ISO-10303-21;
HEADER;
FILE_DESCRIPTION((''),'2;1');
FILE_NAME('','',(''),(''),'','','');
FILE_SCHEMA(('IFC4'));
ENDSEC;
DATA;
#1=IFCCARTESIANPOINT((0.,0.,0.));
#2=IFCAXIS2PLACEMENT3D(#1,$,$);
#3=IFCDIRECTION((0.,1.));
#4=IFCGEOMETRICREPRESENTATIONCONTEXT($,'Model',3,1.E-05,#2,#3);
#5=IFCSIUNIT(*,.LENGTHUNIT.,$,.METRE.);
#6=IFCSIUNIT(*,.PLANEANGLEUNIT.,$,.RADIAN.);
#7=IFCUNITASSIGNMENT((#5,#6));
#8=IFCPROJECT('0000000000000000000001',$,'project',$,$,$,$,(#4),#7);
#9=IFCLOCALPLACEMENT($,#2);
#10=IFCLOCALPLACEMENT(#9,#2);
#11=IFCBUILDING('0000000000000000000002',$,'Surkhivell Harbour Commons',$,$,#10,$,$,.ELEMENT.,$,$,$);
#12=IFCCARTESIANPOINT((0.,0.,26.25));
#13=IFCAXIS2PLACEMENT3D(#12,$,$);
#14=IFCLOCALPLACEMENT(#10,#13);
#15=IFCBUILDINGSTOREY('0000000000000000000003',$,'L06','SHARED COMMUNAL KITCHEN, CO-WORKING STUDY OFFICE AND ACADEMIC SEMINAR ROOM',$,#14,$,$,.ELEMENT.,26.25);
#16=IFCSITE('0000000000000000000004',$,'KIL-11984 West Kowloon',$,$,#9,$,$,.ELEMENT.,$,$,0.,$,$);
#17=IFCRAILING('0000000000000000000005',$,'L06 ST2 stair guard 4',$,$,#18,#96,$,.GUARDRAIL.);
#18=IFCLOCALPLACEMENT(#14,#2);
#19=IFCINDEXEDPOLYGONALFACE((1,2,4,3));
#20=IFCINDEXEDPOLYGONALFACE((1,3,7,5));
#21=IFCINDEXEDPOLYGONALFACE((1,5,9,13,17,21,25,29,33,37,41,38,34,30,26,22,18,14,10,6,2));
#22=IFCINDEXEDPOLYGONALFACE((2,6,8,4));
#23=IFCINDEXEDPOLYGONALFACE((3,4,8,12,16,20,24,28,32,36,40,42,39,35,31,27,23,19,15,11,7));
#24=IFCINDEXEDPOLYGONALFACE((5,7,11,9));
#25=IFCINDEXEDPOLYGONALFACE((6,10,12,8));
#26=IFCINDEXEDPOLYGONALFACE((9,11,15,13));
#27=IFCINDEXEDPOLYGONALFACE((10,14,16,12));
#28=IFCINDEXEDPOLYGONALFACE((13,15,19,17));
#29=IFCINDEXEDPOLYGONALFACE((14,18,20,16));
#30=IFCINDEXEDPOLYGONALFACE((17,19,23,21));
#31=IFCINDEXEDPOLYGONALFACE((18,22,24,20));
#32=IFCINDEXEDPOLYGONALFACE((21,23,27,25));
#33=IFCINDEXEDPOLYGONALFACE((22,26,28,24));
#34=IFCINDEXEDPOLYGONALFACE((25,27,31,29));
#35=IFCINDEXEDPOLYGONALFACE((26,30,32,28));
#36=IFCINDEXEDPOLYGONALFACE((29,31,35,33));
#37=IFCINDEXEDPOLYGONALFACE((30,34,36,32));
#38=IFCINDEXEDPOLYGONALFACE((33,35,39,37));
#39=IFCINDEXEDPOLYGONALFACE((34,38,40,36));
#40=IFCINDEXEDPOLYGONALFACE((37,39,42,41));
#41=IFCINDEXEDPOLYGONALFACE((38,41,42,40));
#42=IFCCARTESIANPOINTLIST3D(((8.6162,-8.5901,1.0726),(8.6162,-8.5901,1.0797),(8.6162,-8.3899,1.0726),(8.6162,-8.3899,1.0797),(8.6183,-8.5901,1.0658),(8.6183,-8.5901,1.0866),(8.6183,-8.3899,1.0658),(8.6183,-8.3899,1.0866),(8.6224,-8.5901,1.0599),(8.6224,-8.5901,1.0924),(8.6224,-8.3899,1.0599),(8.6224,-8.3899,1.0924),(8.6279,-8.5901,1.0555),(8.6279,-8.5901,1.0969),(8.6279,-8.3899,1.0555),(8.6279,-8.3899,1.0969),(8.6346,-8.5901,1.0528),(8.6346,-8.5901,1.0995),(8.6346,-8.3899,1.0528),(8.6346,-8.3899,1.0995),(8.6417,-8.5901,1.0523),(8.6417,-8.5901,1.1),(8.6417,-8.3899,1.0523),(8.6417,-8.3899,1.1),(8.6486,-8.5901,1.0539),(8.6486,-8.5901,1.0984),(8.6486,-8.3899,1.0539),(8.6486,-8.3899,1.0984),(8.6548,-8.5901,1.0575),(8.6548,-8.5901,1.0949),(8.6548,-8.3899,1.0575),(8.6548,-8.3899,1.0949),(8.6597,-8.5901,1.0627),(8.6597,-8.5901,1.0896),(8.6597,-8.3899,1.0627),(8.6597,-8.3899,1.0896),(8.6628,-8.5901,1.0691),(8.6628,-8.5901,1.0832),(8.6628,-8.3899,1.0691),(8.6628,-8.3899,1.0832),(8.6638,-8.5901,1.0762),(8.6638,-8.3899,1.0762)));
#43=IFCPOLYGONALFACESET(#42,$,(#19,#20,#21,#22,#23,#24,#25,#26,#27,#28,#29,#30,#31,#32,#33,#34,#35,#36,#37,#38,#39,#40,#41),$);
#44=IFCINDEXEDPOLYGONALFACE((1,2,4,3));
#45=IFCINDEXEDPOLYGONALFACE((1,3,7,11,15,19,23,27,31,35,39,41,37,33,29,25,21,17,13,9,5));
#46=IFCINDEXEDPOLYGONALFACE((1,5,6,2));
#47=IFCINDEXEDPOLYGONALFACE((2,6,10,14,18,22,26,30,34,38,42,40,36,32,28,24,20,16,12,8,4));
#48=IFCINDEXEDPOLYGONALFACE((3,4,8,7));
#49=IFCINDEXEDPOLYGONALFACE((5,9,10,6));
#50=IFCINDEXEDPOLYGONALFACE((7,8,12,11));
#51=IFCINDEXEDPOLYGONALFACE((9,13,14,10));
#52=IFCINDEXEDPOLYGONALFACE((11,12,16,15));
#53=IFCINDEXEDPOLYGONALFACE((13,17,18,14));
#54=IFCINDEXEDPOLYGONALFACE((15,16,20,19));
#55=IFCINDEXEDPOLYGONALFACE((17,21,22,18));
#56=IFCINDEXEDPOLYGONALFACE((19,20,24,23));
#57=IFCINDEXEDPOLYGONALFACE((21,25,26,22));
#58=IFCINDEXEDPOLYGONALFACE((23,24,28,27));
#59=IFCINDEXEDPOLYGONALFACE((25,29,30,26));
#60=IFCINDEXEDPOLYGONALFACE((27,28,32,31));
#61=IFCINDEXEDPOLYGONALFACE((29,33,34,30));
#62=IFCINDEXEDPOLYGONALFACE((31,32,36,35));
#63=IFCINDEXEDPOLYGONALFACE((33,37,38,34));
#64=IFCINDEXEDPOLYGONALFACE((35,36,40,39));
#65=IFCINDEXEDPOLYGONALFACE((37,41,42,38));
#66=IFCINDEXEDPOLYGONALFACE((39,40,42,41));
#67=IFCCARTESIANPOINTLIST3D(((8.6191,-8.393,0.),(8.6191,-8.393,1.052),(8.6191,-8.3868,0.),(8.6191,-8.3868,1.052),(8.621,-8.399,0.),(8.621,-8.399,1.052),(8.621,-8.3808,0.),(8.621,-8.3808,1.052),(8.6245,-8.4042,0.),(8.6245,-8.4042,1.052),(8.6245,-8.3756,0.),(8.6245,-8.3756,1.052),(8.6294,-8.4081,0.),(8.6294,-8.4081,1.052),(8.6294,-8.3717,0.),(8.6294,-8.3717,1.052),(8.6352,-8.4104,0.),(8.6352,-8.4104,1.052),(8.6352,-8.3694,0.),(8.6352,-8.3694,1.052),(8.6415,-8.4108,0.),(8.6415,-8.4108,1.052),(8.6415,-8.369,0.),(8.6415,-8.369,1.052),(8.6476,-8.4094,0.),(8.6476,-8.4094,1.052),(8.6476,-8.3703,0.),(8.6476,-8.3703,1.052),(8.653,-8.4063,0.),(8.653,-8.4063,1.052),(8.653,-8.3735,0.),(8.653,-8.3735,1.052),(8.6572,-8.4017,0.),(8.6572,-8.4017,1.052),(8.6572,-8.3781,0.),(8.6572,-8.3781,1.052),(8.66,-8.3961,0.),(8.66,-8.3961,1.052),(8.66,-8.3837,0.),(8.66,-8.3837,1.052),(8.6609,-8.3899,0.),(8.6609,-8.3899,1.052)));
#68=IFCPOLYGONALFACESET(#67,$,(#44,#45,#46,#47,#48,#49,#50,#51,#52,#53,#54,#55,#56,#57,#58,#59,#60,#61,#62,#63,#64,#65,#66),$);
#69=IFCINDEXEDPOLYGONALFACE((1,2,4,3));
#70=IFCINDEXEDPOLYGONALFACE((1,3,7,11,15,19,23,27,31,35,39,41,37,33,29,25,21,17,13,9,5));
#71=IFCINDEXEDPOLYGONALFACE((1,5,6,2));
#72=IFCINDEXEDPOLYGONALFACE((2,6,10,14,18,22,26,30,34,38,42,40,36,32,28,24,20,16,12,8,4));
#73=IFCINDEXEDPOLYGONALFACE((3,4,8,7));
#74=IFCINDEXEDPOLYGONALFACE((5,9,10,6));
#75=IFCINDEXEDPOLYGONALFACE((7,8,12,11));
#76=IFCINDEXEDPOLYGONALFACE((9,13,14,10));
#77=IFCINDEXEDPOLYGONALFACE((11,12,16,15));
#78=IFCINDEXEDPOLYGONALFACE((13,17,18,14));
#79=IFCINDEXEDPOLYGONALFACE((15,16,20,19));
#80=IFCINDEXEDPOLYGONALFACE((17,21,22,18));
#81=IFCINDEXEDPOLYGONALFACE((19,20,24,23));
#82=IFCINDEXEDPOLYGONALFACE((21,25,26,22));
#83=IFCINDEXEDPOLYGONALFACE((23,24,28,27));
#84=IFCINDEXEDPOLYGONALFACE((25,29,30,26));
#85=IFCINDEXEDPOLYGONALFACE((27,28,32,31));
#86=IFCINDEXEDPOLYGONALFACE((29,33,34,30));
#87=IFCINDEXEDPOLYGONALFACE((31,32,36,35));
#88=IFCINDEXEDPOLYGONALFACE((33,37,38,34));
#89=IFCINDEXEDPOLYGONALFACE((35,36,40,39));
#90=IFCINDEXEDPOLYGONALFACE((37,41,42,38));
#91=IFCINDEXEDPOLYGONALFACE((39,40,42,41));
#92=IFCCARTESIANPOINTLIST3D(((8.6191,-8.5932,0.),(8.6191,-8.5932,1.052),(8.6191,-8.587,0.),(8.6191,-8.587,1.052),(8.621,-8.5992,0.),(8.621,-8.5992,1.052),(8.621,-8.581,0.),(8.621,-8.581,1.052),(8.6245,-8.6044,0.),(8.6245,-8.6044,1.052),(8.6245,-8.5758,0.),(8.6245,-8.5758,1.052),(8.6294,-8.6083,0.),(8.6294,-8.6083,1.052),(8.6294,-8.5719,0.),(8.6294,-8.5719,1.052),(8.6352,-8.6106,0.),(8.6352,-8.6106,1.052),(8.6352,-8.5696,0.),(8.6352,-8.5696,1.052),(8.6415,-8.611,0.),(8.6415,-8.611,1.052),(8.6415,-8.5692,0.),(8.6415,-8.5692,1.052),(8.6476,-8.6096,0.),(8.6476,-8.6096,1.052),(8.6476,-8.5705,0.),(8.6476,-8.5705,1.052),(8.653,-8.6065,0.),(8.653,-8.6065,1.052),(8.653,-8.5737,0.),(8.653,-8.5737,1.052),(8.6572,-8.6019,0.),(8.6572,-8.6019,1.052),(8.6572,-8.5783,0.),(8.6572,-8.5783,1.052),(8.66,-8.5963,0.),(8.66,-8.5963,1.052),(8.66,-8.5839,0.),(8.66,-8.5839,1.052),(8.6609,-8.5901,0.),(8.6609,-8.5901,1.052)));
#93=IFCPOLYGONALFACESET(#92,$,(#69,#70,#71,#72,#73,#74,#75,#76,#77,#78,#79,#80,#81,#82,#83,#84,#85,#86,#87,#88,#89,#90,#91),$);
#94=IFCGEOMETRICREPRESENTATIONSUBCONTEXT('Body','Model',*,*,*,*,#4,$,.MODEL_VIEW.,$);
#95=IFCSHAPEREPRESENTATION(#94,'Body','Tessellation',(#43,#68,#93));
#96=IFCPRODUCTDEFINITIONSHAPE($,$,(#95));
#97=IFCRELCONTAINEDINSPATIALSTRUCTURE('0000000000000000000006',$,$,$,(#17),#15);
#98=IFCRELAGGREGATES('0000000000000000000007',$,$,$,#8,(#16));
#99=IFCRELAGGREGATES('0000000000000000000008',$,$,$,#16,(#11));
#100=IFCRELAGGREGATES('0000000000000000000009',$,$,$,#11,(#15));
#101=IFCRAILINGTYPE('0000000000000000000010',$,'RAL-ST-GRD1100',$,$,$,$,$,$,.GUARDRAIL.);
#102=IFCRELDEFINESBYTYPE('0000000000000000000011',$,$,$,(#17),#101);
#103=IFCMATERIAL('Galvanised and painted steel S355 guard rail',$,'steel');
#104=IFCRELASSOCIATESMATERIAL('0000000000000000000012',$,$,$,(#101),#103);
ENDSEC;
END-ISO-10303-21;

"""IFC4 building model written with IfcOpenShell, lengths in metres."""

from ifc_helpers import new_model, si_unit, direction, frame, origin, origin_2d, place, context, subcontext, project, spatial, circle, extrude, material, type_object, element, save


model = new_model("IFC4")

# Units and contexts
model_context = context("Model", 3, precision=1e-05, world=origin(), true_north=direction((0.0, 1.0)))
body_context = subcontext(model_context, "Body", "Model", "MODEL_VIEW")
ifc_project = project(units=[si_unit("LENGTHUNIT", "METRE"), si_unit("PLANEANGLEUNIT", "RADIAN")], contexts=[model_context])

# Site, building, storey
site_placement = place(None, origin())
site = spatial("IfcSite", under=ifc_project, at=site_placement, Name="KIL-11984 West Kowloon", CompositionType="ELEMENT", RefElevation=0.0)
building_placement = place(site_placement, origin())
building = spatial("IfcBuilding", under=site, at=building_placement, Name="Surkhivell Harbour Commons", CompositionType="ELEMENT")
storey_placement = place(building_placement, frame((0.0, 0.0, 26.25)))
storey = spatial("IfcBuildingStorey", under=building, at=storey_placement, Name="L06", Description="SHARED COMMUNAL KITCHEN, CO-WORKING STUDY OFFICE AND ACADEMIC SEMINAR ROOM", CompositionType="ELEMENT", Elevation=26.25)

# Railing
ifc_material_1 = material(Name="Galvanised and painted steel S355 guard rail", Category="steel")
railing_type_1 = type_object("IfcRailingType", Name="RAL-ST-GRD1100", PredefinedType="GUARDRAIL", material=ifc_material_1)
railing_1_placement = place(storey_placement, frame((8.6399, -8.3899, 0.0)))
element("IfcRailing", 1, at=railing_1_placement, inside=storey, type_object=railing_type_1, Name="L06 ST2 stair guard 4", PredefinedType="GUARDRAIL", context=body_context, shape_type="SweptSolid", body=[
    extrude(circle(Radius=0.0239, at=origin_2d()), frame((0.0, 0.0, 1.0762), z_axis=(0.0, -1.0, 0.0), x_axis=(1.0, 0.0, 0.0)), (0.0, 0.0, 1.0), 0.2002),
    extrude(circle(Radius=0.021, at=origin_2d()), origin(), (0.0, 0.0, 1.0), 1.052),
    extrude(circle(Radius=0.021, at=origin_2d()), frame((0.0, -0.2002, 0.0)), (0.0, 0.0, 1.0), 1.052),
])

save(model, "model.ifc")
